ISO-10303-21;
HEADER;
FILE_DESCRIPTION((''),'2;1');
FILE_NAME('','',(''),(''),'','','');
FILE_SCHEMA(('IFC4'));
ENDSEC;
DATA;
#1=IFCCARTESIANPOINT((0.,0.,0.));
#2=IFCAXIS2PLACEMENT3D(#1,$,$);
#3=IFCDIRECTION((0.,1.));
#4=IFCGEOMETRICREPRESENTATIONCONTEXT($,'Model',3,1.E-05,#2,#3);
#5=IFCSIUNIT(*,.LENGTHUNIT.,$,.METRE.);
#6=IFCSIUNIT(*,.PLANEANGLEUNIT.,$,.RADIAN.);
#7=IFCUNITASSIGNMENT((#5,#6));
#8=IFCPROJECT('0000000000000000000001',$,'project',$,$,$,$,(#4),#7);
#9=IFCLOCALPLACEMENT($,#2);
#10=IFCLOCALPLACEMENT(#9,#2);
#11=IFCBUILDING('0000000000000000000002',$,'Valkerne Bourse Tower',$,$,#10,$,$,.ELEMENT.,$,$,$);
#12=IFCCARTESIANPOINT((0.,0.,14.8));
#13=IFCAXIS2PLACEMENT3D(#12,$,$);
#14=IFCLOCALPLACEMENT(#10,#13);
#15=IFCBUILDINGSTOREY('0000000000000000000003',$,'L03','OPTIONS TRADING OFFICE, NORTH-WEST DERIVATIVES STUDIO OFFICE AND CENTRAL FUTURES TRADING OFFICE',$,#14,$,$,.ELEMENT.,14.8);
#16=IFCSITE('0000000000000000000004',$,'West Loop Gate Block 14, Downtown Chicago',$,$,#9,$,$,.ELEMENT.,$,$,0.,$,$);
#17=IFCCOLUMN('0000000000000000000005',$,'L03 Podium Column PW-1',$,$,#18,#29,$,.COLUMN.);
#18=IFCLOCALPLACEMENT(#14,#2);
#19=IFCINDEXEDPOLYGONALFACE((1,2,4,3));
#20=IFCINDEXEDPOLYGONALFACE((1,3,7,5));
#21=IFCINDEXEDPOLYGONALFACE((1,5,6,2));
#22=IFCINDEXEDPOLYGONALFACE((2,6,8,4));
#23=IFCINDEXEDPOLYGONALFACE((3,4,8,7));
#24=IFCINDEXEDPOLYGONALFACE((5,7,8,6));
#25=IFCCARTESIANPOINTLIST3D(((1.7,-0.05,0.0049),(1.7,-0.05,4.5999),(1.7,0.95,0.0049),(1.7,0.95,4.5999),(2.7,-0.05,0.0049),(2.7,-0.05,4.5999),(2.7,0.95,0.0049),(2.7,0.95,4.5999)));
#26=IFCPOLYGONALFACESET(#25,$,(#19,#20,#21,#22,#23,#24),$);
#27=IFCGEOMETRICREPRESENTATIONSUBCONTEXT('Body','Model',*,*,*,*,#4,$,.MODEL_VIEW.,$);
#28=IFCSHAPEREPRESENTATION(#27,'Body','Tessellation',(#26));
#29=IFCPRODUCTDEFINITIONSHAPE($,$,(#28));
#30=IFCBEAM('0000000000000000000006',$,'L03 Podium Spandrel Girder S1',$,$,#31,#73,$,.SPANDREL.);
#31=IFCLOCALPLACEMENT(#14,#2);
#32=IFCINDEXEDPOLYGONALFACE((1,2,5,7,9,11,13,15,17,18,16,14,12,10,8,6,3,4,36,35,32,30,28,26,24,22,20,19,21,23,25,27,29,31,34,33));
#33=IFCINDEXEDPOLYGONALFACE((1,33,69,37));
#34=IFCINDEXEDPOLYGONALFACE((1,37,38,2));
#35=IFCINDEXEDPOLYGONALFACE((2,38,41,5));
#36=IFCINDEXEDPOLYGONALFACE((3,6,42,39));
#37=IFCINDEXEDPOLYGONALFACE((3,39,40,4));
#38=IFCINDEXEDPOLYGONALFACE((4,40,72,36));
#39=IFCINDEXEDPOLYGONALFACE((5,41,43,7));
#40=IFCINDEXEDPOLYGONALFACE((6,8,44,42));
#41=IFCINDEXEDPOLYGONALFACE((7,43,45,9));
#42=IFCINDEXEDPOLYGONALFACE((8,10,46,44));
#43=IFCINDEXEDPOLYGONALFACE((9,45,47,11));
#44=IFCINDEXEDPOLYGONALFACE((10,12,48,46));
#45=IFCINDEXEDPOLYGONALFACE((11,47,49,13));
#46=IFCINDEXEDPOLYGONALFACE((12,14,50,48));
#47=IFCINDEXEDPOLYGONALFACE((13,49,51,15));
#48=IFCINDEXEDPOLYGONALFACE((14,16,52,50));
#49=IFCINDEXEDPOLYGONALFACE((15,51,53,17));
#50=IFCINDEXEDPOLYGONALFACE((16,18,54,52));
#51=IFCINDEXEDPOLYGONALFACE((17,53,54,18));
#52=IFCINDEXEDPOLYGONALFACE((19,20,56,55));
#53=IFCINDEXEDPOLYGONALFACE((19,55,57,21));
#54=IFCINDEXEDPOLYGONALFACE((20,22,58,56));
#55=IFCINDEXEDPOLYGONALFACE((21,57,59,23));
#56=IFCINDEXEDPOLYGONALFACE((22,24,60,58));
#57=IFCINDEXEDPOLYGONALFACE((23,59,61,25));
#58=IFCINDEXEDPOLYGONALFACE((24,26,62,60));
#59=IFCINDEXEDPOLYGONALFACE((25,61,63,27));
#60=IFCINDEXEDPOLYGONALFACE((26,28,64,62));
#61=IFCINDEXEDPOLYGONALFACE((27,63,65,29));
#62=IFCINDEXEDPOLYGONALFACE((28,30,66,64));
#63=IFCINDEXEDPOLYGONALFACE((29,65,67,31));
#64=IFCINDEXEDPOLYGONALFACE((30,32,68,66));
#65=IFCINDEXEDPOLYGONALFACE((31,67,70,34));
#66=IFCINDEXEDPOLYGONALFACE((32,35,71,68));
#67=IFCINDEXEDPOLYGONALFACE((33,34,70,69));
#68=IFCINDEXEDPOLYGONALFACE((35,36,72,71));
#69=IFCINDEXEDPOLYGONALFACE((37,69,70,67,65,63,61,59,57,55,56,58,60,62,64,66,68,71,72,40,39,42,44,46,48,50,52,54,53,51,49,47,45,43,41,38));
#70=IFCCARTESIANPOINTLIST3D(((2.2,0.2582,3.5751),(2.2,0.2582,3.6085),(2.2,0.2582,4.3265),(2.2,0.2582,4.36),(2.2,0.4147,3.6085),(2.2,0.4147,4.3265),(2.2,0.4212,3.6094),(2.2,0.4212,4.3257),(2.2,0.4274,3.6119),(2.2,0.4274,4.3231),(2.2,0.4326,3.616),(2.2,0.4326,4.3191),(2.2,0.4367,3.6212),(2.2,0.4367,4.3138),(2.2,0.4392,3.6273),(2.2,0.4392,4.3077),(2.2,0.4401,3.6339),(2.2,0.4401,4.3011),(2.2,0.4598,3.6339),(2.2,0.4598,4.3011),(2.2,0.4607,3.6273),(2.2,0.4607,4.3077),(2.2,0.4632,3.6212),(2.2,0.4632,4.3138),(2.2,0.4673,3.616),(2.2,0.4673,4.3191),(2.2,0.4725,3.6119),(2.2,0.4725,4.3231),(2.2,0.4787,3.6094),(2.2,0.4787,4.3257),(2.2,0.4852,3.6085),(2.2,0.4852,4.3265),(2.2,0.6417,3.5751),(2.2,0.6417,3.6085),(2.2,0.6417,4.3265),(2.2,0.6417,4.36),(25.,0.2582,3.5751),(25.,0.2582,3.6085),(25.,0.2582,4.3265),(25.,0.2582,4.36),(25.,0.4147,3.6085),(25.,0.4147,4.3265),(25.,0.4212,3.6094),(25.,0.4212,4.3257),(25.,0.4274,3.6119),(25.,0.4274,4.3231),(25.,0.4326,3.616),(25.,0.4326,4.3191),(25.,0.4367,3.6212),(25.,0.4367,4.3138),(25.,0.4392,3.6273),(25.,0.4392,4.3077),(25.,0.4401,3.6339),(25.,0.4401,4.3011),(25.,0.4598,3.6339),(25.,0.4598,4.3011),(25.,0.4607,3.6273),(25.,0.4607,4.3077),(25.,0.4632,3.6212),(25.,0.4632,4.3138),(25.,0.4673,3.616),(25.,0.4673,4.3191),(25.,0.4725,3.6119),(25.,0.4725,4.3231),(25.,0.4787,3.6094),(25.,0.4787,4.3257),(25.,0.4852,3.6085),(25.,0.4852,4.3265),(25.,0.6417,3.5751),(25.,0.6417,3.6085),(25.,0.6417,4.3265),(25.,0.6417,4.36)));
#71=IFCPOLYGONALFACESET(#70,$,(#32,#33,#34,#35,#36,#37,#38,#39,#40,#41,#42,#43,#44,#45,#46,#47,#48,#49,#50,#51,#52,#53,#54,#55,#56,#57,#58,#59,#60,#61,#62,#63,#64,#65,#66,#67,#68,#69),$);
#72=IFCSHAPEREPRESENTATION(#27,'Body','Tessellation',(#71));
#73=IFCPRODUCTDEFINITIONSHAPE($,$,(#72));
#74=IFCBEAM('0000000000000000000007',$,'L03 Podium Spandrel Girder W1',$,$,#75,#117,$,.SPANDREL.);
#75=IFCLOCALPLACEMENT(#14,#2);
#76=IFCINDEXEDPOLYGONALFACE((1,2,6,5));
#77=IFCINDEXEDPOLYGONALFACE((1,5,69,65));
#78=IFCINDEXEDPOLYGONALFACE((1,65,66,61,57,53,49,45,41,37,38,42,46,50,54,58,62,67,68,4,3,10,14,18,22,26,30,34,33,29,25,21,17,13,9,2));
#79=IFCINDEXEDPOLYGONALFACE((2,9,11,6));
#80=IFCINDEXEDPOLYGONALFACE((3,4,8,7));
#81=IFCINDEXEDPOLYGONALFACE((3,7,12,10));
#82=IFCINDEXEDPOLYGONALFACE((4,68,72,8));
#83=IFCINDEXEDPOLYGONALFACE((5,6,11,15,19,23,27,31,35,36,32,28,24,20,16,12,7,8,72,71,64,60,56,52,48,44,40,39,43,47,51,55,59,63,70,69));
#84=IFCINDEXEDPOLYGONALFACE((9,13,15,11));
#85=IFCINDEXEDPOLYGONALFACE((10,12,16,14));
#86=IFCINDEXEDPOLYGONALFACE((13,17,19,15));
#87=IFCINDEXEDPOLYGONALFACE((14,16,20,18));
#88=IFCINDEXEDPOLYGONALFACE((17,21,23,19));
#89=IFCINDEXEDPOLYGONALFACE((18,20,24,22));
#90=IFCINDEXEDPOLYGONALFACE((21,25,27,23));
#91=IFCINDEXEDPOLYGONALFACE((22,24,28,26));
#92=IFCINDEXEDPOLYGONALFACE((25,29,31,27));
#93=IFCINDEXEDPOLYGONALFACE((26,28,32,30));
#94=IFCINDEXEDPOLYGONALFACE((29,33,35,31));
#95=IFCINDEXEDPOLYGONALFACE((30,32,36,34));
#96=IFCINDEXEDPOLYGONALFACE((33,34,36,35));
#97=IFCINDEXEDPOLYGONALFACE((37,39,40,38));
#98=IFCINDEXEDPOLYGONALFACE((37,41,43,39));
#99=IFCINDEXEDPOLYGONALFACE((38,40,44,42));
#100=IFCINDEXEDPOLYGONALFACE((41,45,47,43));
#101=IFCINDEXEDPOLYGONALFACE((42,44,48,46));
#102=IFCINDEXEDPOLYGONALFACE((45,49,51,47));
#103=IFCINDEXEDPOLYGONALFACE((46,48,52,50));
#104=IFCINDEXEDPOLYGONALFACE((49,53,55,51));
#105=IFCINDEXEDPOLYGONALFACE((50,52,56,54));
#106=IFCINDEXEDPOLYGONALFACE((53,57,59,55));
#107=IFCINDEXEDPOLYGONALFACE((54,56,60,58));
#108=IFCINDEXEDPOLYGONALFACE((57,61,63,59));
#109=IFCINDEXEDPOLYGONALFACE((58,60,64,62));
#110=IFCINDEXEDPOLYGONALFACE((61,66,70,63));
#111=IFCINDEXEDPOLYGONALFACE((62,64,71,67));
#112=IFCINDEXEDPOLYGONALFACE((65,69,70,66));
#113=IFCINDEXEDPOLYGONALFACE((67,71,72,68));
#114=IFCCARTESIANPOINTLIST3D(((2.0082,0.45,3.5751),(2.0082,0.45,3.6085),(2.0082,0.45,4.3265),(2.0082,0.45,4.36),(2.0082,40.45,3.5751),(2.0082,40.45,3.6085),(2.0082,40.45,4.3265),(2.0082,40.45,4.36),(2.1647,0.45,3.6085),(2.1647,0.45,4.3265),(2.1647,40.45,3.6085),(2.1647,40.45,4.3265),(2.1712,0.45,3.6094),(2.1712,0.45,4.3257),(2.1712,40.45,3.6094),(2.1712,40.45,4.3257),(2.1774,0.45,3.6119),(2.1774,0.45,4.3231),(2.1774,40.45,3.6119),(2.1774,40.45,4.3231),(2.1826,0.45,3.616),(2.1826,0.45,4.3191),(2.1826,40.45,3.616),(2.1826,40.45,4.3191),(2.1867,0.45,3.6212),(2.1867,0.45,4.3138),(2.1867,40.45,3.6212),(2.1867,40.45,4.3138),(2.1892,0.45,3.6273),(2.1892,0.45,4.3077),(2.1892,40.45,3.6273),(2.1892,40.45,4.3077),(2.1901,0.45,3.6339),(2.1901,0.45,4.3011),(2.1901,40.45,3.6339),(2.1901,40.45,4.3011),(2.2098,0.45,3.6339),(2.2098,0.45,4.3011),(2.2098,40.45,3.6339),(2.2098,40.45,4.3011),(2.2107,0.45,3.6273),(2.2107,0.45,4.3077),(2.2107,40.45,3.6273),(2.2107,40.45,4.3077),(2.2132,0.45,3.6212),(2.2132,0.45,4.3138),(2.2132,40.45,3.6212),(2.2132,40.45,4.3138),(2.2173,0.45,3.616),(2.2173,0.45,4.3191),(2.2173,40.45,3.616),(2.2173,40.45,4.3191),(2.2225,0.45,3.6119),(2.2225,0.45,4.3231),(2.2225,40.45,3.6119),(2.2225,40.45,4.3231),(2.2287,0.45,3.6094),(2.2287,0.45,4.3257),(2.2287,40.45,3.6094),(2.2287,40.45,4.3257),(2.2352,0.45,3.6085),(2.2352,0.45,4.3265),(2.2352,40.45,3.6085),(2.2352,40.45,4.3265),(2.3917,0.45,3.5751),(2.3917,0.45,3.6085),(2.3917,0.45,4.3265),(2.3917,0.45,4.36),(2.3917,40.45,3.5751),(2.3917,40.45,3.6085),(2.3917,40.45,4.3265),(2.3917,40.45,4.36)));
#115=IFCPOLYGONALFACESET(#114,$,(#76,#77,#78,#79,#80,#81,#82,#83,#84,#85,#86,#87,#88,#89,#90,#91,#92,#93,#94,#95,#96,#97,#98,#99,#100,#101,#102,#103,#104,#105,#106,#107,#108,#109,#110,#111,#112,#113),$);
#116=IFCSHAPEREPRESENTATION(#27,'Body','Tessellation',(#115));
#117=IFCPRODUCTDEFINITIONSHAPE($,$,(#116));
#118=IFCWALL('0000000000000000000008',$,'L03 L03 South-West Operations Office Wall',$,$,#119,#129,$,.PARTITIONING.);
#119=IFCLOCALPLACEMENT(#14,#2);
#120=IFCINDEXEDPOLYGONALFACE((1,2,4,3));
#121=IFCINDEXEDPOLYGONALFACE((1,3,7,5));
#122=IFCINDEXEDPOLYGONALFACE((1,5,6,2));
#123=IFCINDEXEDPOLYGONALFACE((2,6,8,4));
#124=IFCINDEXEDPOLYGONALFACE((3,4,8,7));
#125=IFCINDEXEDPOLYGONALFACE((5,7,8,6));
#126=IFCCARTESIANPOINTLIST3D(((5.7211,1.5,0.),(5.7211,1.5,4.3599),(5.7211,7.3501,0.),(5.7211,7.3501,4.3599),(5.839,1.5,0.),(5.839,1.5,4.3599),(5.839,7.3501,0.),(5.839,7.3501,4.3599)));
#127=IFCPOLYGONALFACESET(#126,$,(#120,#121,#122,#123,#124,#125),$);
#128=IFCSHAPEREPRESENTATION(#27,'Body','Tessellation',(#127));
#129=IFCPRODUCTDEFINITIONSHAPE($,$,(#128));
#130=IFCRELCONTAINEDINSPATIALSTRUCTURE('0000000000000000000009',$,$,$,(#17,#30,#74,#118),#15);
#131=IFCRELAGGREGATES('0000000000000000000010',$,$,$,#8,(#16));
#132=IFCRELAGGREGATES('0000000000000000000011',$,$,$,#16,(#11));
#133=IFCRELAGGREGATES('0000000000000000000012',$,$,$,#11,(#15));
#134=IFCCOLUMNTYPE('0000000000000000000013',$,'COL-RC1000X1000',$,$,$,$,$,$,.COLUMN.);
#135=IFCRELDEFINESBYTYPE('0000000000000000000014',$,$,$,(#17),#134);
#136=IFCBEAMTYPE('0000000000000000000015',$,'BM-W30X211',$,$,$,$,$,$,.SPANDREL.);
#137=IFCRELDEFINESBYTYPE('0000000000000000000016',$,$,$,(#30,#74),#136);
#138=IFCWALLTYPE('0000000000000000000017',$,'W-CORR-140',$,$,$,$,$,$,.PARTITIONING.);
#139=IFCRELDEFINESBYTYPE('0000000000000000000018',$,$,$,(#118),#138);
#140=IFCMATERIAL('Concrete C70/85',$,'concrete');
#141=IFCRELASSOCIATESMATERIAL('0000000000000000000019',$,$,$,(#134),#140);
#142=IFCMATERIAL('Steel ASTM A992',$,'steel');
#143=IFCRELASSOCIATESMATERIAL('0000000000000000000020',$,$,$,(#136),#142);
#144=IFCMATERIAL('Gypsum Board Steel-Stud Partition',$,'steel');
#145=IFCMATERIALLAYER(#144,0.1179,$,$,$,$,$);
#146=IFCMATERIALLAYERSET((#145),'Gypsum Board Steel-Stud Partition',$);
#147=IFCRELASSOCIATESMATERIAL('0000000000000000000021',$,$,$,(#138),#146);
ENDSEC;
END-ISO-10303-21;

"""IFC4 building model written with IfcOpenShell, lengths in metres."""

from ifc_helpers import new_model, si_unit, direction, frame, frame_2d, origin, origin_2d, place, context, subcontext, project, spatial, rectangle, i_section, extrude, material, layer, layer_set, material_profile, profile_set, type_object, element, save


model = new_model("IFC4")

# Units and contexts
model_context = context("Model", 3, precision=1e-05, world=origin(), true_north=direction((0.0, 1.0)))
body_context = subcontext(model_context, "Body", "Model", "MODEL_VIEW")
ifc_project = project(units=[si_unit("LENGTHUNIT", "METRE"), si_unit("PLANEANGLEUNIT", "RADIAN")], contexts=[model_context])

# Site, building, storey
site_placement = place(None, origin())
site = spatial("IfcSite", under=ifc_project, at=site_placement, Name="West Loop Gate Block 14, Downtown Chicago", CompositionType="ELEMENT", RefElevation=0.0)
building_placement = place(site_placement, origin())
building = spatial("IfcBuilding", under=site, at=building_placement, Name="Valkerne Bourse Tower", CompositionType="ELEMENT")
storey_placement = place(building_placement, frame((0.0, 0.0, 14.8)))
storey = spatial("IfcBuildingStorey", under=building, at=storey_placement, Name="L03", Description="OPTIONS TRADING OFFICE, NORTH-WEST DERIVATIVES STUDIO OFFICE AND CENTRAL FUTURES TRADING OFFICE", CompositionType="ELEMENT", Elevation=14.8)

# Column
ifc_material_1 = material(Name="Concrete C70/85", Category="concrete")
ifc_material_profile_1 = material_profile(ifc_material_1, rectangle(XDim=1.0, YDim=1.0, at=origin_2d()), Name="RC1000X1000")
ifc_profile_set_1 = profile_set([ifc_material_profile_1], Name="Concrete C70/85")
column_type = type_object("IfcColumnType", Name="COL-RC1000X1000", PredefinedType="COLUMN", material=ifc_profile_set_1)
column_placement = place(storey_placement, frame((2.2, 0.45, 0.0049), z_axis=(0.0, 0.0, 1.0), x_axis=(1.0, 0.0, 0.0)))
element("IfcColumn", 1, at=column_placement, inside=storey, type_object=column_type, Name="L03 Podium Column PW-1", PredefinedType="COLUMN", context=body_context, shape_type="SweptSolid", body=[
    extrude(rectangle(XDim=1.0, YDim=1.0, at=origin_2d()), origin(), (0.0, 0.0, 1.0), 4.595),
])

# Beams
ifc_material_2 = material(Name="Steel ASTM A992", Category="steel")
ifc_material_profile_2 = material_profile(ifc_material_2, i_section(OverallWidth=0.3835, OverallDepth=0.7849, WebThickness=0.0198, FlangeThickness=0.0334, FilletRadius=0.0254, at=origin_2d()), Name="W30X211")
ifc_profile_set_2 = profile_set([ifc_material_profile_2], Name="Steel ASTM A992")
beam_type = type_object("IfcBeamType", Name="BM-W30X211", PredefinedType="SPANDREL", material=ifc_profile_set_2)
beam_1_placement = place(storey_placement, frame((2.2, 0.45, 3.9675), z_axis=(1.0, 0.0, 0.0), x_axis=(0.0, 1.0, 0.0)))
element("IfcBeam", 2, at=beam_1_placement, inside=storey, type_object=beam_type, Name="L03 Podium Spandrel Girder S1", PredefinedType="SPANDREL", context=body_context, shape_type="SweptSolid", body=[
    extrude(i_section(OverallWidth=0.3835, OverallDepth=0.7849, WebThickness=0.0198, FlangeThickness=0.0334, FilletRadius=0.0254, at=origin_2d()), origin(), (0.0, 0.0, 1.0), 22.8),
])
beam_2_placement = place(storey_placement, frame((2.2, 0.45, 3.9675), z_axis=(0.0, 1.0, 0.0), x_axis=(-1.0, 0.0, 0.0)))
element("IfcBeam", 3, at=beam_2_placement, inside=storey, type_object=beam_type, Name="L03 Podium Spandrel Girder W1", PredefinedType="SPANDREL", context=body_context, shape_type="SweptSolid", body=[
    extrude(i_section(OverallWidth=0.3835, OverallDepth=0.7849, WebThickness=0.0198, FlangeThickness=0.0334, FilletRadius=0.0254, at=origin_2d()), origin(), (0.0, 0.0, 1.0), 40.0),
])

# Wall
ifc_material_3 = material(Name="Gypsum Board Steel-Stud Partition", Category="steel")
ifc_layer_1 = layer(ifc_material_3, 0.1179)
ifc_layer_set_1 = layer_set([ifc_layer_1], Name="Gypsum Board Steel-Stud Partition")
wall_type_1 = type_object("IfcWallType", Name="W-CORR-140", PredefinedType="PARTITIONING", material=ifc_layer_set_1)
wall_1_placement = place(storey_placement, frame((5.78, 1.5, 0.0), z_axis=(0.0, 0.0, 1.0), x_axis=(0.0, 1.0, 0.0)))
element("IfcWall", 4, at=wall_1_placement, inside=storey, type_object=wall_type_1, Name="L03 L03 South-West Operations Office Wall", PredefinedType="PARTITIONING", context=body_context, shape_type="SweptSolid", body=[
    extrude(rectangle(XDim=5.8501, YDim=0.1179, at=frame_2d((2.925, 0.0))), origin(), (0.0, 0.0, 1.0), 4.3599),
])

save(model, "model.ifc")
